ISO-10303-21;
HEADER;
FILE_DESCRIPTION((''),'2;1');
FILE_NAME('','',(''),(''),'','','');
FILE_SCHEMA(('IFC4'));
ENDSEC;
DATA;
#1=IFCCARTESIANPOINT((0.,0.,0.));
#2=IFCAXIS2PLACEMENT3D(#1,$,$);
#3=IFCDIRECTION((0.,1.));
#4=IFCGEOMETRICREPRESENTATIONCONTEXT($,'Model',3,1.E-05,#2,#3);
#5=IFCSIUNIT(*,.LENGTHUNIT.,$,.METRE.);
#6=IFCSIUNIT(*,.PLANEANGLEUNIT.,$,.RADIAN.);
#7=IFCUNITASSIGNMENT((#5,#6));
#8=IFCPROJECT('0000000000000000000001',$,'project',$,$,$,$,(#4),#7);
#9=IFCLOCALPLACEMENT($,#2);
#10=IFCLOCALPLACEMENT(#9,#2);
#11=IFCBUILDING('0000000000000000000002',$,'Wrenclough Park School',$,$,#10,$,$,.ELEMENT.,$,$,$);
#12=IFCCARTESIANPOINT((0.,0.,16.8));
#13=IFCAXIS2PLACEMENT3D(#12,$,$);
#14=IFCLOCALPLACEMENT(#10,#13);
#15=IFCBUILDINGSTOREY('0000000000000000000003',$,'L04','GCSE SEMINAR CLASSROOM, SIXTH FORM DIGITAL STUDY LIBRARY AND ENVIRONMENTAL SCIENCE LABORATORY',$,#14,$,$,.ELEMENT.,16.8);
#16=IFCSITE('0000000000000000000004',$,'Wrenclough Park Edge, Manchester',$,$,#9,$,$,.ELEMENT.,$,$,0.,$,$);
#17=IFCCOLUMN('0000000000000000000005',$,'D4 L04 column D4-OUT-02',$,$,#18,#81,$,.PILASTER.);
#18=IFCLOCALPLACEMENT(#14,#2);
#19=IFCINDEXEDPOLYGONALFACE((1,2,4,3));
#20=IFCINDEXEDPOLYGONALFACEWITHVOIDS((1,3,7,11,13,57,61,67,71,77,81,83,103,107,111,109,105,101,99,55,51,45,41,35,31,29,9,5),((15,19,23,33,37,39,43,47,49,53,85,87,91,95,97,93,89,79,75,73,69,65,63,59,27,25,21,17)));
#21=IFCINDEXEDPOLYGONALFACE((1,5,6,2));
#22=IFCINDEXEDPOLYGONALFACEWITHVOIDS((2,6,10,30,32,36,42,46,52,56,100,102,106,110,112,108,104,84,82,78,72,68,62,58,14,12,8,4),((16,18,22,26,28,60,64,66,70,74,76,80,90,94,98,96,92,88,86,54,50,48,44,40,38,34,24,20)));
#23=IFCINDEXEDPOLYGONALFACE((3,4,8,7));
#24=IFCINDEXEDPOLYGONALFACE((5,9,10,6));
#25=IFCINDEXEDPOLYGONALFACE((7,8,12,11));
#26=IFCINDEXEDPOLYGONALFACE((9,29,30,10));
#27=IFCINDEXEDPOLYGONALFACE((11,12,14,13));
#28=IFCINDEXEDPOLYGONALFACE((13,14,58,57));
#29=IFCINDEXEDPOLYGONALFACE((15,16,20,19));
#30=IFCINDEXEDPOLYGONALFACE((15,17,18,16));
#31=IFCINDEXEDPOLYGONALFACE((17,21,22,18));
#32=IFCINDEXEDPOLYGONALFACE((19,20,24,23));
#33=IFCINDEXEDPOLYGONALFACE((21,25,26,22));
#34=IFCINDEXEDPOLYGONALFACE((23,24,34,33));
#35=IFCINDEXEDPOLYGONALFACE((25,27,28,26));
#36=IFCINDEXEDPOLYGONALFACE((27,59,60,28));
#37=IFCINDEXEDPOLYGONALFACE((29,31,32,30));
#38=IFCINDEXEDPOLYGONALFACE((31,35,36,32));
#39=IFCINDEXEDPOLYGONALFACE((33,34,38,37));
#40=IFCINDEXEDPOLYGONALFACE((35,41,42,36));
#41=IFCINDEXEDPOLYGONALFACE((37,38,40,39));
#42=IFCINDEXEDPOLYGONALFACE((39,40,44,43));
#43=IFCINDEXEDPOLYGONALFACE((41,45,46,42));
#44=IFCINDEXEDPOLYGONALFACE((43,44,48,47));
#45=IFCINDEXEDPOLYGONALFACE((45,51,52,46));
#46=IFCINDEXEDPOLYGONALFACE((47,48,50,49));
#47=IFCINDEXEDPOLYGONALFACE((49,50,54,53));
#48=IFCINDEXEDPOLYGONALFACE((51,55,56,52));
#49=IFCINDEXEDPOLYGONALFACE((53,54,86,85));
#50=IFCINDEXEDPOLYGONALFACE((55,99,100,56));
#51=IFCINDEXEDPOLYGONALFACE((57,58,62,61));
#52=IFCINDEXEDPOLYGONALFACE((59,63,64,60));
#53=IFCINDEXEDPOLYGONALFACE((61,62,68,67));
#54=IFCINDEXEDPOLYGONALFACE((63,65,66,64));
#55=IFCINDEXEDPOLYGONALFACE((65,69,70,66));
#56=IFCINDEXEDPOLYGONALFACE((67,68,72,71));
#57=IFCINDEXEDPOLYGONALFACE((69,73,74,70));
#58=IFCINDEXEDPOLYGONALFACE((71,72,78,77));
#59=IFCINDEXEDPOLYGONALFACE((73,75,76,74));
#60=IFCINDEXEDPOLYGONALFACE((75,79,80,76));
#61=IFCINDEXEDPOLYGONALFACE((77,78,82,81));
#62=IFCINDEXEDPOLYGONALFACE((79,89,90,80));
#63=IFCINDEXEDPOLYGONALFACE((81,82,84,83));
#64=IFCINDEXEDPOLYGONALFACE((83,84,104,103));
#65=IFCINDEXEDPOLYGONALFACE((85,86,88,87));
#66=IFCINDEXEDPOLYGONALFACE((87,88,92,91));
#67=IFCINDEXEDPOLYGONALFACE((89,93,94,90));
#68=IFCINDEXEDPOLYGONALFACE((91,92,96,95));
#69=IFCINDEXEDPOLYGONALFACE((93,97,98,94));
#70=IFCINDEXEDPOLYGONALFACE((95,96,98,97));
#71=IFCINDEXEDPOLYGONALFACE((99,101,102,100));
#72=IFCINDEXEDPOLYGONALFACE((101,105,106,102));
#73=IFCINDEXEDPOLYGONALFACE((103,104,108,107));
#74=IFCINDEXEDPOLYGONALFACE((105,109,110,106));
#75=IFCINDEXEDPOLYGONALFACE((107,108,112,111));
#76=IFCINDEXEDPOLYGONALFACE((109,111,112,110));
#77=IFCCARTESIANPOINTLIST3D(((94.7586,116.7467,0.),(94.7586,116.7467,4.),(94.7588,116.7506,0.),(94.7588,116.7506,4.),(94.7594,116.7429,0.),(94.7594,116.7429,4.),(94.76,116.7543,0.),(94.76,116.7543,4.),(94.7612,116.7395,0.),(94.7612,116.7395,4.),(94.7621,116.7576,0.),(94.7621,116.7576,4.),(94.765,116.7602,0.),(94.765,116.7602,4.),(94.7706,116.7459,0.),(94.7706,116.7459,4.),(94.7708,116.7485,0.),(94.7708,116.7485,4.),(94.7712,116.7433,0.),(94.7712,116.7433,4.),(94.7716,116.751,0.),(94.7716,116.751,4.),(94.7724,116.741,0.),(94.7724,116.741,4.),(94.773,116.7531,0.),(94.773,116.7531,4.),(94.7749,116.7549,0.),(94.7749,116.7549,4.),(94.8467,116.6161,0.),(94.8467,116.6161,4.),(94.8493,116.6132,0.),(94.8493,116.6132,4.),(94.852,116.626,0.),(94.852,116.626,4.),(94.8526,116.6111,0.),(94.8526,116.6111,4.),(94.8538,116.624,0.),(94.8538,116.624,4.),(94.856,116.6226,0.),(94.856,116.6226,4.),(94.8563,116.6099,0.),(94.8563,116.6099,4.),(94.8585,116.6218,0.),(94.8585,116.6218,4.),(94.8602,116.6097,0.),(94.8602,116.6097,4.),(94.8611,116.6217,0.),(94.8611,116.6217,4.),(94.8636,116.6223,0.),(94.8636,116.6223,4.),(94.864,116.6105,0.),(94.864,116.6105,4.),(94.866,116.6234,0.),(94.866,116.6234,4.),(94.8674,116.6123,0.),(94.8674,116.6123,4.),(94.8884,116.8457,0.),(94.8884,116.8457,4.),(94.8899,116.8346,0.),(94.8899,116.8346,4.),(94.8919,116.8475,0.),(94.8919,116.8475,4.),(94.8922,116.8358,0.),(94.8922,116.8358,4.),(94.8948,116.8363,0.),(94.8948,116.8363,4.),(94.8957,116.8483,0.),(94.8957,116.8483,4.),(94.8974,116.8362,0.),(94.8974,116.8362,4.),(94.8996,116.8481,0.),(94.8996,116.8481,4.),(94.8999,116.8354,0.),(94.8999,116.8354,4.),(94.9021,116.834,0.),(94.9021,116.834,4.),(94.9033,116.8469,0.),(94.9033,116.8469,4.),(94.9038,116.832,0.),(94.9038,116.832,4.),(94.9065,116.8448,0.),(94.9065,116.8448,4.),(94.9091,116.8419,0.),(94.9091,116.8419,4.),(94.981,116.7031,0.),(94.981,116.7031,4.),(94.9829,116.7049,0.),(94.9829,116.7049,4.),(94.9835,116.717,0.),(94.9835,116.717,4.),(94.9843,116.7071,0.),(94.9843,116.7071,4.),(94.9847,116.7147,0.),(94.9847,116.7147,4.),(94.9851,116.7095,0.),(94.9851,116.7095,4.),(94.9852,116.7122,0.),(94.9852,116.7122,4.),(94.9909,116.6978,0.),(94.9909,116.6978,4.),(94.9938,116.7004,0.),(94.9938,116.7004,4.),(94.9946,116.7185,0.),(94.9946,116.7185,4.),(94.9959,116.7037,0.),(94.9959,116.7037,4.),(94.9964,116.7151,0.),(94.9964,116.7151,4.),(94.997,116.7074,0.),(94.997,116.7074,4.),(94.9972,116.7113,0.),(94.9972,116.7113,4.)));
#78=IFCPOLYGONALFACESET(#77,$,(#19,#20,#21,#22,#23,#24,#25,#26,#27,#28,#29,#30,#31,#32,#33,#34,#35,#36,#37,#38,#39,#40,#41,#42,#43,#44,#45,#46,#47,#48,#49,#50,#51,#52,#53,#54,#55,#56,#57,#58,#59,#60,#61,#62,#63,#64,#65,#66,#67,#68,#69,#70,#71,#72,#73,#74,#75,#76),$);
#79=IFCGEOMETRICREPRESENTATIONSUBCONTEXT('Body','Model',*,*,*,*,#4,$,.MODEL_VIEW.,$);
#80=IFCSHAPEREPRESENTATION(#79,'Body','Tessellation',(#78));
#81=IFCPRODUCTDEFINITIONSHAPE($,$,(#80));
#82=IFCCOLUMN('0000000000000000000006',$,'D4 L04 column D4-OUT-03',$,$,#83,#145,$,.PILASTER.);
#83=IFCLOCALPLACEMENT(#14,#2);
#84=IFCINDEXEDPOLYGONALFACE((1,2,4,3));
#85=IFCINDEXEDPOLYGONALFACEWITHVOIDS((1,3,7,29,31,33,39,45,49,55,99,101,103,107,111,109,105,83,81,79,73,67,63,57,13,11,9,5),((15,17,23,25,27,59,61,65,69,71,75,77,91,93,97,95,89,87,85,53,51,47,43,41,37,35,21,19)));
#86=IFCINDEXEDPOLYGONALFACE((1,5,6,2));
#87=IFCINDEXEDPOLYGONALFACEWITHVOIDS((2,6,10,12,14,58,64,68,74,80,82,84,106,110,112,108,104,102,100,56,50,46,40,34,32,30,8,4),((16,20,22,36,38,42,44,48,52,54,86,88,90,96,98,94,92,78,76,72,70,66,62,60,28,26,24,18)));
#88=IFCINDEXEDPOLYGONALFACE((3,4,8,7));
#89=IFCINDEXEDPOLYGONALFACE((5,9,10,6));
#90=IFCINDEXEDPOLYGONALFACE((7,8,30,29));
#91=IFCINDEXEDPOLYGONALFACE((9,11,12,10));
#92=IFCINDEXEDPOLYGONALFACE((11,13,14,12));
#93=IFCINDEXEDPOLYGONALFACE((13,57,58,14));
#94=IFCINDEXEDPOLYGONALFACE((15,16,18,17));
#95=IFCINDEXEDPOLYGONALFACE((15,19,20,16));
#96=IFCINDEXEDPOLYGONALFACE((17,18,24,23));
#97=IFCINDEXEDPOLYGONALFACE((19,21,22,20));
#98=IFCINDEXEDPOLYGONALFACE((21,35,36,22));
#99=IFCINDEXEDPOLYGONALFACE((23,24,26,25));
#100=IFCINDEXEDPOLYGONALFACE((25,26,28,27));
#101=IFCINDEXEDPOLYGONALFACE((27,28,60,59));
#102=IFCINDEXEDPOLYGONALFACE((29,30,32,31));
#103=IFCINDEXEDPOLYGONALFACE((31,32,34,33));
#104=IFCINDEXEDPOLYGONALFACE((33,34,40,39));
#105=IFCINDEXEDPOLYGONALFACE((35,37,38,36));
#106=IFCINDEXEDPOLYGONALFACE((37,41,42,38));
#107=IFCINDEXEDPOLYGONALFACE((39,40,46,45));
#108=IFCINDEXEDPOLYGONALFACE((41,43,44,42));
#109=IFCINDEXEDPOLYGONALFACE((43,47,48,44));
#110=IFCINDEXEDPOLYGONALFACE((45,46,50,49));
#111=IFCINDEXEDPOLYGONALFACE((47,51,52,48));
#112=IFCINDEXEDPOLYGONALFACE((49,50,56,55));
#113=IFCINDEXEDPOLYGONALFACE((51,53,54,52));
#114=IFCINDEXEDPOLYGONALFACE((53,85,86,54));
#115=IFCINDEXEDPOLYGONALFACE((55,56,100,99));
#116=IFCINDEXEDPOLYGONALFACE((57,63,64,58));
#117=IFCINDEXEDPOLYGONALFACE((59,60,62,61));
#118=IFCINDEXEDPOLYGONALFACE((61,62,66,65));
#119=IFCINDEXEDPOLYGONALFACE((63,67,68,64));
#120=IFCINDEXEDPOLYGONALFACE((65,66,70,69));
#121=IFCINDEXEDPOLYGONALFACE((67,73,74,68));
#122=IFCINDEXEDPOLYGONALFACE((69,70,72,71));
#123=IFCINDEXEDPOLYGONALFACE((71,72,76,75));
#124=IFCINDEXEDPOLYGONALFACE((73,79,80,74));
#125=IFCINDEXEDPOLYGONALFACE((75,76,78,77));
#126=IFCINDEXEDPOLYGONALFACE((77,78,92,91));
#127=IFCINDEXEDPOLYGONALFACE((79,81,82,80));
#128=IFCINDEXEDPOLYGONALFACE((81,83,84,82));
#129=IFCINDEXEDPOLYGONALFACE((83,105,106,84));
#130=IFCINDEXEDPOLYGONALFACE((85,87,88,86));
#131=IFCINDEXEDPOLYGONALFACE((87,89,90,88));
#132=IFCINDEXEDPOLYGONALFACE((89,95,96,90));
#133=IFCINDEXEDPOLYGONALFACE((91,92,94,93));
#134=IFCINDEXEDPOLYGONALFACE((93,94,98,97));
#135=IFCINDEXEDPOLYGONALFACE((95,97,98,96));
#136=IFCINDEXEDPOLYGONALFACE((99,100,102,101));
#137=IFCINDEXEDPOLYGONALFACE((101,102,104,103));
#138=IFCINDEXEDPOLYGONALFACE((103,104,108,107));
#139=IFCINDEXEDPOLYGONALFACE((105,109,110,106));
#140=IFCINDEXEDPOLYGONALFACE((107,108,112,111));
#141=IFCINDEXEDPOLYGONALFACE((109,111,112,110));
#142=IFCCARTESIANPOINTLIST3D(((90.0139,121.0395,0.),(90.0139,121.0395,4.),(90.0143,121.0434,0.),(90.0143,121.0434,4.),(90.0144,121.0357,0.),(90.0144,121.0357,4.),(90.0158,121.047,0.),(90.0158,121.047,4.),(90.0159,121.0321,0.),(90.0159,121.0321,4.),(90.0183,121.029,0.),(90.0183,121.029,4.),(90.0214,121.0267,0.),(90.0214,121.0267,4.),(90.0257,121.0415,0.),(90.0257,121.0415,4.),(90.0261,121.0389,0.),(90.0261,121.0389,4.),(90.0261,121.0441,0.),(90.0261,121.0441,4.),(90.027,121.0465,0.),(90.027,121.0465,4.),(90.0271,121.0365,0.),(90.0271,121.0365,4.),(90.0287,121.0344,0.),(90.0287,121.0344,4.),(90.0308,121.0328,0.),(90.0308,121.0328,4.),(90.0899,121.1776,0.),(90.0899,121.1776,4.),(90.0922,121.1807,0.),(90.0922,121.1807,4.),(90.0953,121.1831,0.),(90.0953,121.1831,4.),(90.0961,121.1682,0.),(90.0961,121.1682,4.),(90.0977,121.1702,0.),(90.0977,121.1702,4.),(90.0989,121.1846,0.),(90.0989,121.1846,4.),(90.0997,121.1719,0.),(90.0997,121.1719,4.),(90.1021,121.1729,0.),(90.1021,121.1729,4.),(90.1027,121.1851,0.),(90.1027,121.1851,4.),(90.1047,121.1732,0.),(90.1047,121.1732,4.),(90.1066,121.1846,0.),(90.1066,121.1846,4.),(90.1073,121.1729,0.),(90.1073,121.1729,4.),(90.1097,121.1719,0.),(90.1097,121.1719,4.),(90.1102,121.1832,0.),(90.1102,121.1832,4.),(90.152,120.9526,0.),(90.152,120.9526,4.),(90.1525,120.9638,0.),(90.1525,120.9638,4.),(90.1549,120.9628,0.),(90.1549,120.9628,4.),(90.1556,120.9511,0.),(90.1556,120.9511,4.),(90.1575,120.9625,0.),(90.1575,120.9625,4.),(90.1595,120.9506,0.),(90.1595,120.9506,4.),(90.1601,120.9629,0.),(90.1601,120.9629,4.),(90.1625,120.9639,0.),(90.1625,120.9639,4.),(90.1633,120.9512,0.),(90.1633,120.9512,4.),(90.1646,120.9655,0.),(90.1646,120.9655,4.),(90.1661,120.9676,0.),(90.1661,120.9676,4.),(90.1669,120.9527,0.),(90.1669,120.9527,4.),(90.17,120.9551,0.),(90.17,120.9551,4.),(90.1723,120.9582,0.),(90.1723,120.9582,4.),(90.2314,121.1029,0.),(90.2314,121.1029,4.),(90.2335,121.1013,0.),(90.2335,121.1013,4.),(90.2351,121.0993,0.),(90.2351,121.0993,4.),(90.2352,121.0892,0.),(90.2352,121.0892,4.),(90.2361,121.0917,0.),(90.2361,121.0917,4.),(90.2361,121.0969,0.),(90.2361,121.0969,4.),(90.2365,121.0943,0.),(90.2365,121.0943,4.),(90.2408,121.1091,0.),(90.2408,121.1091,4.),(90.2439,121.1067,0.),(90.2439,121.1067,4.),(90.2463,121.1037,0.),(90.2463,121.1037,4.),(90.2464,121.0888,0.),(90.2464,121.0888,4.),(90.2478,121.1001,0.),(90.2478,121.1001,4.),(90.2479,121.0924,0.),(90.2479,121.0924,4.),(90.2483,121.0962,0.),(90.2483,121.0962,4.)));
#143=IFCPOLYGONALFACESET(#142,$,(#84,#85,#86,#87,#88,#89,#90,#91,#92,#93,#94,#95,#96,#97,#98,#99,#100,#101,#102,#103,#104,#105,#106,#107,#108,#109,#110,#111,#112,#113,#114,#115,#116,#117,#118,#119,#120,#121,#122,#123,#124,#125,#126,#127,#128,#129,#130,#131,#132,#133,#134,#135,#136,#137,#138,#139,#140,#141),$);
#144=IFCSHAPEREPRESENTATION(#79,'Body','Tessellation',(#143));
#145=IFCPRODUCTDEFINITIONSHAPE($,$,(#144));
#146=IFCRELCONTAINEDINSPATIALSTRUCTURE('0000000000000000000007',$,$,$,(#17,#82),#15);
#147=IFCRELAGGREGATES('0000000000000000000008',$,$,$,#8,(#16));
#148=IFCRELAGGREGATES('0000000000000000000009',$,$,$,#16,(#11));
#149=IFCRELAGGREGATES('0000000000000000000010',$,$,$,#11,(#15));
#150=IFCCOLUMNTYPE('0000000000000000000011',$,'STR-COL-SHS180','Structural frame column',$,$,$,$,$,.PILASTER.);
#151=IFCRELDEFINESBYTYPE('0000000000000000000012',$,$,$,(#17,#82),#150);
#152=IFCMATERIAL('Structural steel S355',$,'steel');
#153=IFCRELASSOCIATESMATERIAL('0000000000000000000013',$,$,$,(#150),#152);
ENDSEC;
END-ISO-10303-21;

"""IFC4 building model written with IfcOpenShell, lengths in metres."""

from ifc_helpers import new_model, si_unit, direction, frame, origin, origin_2d, place, context, subcontext, project, spatial, hollow_rectangle, extrude, material, material_profile, profile_set, type_object, element, save


model = new_model("IFC4")

# Units and contexts
model_context = context("Model", 3, precision=1e-05, world=origin(), true_north=direction((0.0, 1.0)))
body_context = subcontext(model_context, "Body", "Model", "MODEL_VIEW")
ifc_project = project(units=[si_unit("LENGTHUNIT", "METRE"), si_unit("PLANEANGLEUNIT", "RADIAN")], contexts=[model_context])

# Site, building, storey
site_placement = place(None, origin())
site = spatial("IfcSite", under=ifc_project, at=site_placement, Name="Wrenclough Park Edge, Manchester", CompositionType="ELEMENT", RefElevation=0.0)
building_placement = place(site_placement, origin())
building = spatial("IfcBuilding", under=site, at=building_placement, Name="Wrenclough Park School", CompositionType="ELEMENT")
storey_placement = place(building_placement, frame((0.0, 0.0, 16.8)))
storey = spatial("IfcBuildingStorey", under=building, at=storey_placement, Name="L04", Description="GCSE SEMINAR CLASSROOM, SIXTH FORM DIGITAL STUDY LIBRARY AND ENVIRONMENTAL SCIENCE LABORATORY", CompositionType="ELEMENT", Elevation=16.8)

# Columns
ifc_material_1 = material(Name="Structural steel S355", Category="steel")
ifc_material_profile_1 = material_profile(ifc_material_1, hollow_rectangle(XDim=0.1799, YDim=0.1799, WallThickness=0.01, InnerFilletRadius=0.01, OuterFilletRadius=0.0149, at=origin_2d()), Name="SHS 180x180x10.0")
ifc_profile_set_1 = profile_set([ifc_material_profile_1], Name="Structural steel S355")
column_type = type_object("IfcColumnType", Name="STR-COL-SHS180", Description="Structural frame column", PredefinedType="PILASTER", material=ifc_profile_set_1)
for number, where, z_axis, x_axis, name in (
    (1, (94.8779, 116.729, 0.0), (0.0, 0.0, 1.0), (-0.569423, 0.822045, 0.0), "D4 L04 column D4-OUT-02"),
    (2, (90.1311, 121.0679, 0.0), (0.0, 0.0, 1.0), (-0.869753, 0.493487, 0.0), "D4 L04 column D4-OUT-03"),
):
    element("IfcColumn", number, at=place(storey_placement, frame(where, z_axis=z_axis, x_axis=x_axis)), inside=storey, type_object=column_type, Name=name, PredefinedType="PILASTER", context=body_context, shape_type="SweptSolid", body=[
        extrude(hollow_rectangle(XDim=0.1799, YDim=0.1799, WallThickness=0.01, InnerFilletRadius=0.01, OuterFilletRadius=0.0149, at=origin_2d()), origin(), (0.0, 0.0, 1.0), 4.0),
    ])

save(model, "model.ifc")
